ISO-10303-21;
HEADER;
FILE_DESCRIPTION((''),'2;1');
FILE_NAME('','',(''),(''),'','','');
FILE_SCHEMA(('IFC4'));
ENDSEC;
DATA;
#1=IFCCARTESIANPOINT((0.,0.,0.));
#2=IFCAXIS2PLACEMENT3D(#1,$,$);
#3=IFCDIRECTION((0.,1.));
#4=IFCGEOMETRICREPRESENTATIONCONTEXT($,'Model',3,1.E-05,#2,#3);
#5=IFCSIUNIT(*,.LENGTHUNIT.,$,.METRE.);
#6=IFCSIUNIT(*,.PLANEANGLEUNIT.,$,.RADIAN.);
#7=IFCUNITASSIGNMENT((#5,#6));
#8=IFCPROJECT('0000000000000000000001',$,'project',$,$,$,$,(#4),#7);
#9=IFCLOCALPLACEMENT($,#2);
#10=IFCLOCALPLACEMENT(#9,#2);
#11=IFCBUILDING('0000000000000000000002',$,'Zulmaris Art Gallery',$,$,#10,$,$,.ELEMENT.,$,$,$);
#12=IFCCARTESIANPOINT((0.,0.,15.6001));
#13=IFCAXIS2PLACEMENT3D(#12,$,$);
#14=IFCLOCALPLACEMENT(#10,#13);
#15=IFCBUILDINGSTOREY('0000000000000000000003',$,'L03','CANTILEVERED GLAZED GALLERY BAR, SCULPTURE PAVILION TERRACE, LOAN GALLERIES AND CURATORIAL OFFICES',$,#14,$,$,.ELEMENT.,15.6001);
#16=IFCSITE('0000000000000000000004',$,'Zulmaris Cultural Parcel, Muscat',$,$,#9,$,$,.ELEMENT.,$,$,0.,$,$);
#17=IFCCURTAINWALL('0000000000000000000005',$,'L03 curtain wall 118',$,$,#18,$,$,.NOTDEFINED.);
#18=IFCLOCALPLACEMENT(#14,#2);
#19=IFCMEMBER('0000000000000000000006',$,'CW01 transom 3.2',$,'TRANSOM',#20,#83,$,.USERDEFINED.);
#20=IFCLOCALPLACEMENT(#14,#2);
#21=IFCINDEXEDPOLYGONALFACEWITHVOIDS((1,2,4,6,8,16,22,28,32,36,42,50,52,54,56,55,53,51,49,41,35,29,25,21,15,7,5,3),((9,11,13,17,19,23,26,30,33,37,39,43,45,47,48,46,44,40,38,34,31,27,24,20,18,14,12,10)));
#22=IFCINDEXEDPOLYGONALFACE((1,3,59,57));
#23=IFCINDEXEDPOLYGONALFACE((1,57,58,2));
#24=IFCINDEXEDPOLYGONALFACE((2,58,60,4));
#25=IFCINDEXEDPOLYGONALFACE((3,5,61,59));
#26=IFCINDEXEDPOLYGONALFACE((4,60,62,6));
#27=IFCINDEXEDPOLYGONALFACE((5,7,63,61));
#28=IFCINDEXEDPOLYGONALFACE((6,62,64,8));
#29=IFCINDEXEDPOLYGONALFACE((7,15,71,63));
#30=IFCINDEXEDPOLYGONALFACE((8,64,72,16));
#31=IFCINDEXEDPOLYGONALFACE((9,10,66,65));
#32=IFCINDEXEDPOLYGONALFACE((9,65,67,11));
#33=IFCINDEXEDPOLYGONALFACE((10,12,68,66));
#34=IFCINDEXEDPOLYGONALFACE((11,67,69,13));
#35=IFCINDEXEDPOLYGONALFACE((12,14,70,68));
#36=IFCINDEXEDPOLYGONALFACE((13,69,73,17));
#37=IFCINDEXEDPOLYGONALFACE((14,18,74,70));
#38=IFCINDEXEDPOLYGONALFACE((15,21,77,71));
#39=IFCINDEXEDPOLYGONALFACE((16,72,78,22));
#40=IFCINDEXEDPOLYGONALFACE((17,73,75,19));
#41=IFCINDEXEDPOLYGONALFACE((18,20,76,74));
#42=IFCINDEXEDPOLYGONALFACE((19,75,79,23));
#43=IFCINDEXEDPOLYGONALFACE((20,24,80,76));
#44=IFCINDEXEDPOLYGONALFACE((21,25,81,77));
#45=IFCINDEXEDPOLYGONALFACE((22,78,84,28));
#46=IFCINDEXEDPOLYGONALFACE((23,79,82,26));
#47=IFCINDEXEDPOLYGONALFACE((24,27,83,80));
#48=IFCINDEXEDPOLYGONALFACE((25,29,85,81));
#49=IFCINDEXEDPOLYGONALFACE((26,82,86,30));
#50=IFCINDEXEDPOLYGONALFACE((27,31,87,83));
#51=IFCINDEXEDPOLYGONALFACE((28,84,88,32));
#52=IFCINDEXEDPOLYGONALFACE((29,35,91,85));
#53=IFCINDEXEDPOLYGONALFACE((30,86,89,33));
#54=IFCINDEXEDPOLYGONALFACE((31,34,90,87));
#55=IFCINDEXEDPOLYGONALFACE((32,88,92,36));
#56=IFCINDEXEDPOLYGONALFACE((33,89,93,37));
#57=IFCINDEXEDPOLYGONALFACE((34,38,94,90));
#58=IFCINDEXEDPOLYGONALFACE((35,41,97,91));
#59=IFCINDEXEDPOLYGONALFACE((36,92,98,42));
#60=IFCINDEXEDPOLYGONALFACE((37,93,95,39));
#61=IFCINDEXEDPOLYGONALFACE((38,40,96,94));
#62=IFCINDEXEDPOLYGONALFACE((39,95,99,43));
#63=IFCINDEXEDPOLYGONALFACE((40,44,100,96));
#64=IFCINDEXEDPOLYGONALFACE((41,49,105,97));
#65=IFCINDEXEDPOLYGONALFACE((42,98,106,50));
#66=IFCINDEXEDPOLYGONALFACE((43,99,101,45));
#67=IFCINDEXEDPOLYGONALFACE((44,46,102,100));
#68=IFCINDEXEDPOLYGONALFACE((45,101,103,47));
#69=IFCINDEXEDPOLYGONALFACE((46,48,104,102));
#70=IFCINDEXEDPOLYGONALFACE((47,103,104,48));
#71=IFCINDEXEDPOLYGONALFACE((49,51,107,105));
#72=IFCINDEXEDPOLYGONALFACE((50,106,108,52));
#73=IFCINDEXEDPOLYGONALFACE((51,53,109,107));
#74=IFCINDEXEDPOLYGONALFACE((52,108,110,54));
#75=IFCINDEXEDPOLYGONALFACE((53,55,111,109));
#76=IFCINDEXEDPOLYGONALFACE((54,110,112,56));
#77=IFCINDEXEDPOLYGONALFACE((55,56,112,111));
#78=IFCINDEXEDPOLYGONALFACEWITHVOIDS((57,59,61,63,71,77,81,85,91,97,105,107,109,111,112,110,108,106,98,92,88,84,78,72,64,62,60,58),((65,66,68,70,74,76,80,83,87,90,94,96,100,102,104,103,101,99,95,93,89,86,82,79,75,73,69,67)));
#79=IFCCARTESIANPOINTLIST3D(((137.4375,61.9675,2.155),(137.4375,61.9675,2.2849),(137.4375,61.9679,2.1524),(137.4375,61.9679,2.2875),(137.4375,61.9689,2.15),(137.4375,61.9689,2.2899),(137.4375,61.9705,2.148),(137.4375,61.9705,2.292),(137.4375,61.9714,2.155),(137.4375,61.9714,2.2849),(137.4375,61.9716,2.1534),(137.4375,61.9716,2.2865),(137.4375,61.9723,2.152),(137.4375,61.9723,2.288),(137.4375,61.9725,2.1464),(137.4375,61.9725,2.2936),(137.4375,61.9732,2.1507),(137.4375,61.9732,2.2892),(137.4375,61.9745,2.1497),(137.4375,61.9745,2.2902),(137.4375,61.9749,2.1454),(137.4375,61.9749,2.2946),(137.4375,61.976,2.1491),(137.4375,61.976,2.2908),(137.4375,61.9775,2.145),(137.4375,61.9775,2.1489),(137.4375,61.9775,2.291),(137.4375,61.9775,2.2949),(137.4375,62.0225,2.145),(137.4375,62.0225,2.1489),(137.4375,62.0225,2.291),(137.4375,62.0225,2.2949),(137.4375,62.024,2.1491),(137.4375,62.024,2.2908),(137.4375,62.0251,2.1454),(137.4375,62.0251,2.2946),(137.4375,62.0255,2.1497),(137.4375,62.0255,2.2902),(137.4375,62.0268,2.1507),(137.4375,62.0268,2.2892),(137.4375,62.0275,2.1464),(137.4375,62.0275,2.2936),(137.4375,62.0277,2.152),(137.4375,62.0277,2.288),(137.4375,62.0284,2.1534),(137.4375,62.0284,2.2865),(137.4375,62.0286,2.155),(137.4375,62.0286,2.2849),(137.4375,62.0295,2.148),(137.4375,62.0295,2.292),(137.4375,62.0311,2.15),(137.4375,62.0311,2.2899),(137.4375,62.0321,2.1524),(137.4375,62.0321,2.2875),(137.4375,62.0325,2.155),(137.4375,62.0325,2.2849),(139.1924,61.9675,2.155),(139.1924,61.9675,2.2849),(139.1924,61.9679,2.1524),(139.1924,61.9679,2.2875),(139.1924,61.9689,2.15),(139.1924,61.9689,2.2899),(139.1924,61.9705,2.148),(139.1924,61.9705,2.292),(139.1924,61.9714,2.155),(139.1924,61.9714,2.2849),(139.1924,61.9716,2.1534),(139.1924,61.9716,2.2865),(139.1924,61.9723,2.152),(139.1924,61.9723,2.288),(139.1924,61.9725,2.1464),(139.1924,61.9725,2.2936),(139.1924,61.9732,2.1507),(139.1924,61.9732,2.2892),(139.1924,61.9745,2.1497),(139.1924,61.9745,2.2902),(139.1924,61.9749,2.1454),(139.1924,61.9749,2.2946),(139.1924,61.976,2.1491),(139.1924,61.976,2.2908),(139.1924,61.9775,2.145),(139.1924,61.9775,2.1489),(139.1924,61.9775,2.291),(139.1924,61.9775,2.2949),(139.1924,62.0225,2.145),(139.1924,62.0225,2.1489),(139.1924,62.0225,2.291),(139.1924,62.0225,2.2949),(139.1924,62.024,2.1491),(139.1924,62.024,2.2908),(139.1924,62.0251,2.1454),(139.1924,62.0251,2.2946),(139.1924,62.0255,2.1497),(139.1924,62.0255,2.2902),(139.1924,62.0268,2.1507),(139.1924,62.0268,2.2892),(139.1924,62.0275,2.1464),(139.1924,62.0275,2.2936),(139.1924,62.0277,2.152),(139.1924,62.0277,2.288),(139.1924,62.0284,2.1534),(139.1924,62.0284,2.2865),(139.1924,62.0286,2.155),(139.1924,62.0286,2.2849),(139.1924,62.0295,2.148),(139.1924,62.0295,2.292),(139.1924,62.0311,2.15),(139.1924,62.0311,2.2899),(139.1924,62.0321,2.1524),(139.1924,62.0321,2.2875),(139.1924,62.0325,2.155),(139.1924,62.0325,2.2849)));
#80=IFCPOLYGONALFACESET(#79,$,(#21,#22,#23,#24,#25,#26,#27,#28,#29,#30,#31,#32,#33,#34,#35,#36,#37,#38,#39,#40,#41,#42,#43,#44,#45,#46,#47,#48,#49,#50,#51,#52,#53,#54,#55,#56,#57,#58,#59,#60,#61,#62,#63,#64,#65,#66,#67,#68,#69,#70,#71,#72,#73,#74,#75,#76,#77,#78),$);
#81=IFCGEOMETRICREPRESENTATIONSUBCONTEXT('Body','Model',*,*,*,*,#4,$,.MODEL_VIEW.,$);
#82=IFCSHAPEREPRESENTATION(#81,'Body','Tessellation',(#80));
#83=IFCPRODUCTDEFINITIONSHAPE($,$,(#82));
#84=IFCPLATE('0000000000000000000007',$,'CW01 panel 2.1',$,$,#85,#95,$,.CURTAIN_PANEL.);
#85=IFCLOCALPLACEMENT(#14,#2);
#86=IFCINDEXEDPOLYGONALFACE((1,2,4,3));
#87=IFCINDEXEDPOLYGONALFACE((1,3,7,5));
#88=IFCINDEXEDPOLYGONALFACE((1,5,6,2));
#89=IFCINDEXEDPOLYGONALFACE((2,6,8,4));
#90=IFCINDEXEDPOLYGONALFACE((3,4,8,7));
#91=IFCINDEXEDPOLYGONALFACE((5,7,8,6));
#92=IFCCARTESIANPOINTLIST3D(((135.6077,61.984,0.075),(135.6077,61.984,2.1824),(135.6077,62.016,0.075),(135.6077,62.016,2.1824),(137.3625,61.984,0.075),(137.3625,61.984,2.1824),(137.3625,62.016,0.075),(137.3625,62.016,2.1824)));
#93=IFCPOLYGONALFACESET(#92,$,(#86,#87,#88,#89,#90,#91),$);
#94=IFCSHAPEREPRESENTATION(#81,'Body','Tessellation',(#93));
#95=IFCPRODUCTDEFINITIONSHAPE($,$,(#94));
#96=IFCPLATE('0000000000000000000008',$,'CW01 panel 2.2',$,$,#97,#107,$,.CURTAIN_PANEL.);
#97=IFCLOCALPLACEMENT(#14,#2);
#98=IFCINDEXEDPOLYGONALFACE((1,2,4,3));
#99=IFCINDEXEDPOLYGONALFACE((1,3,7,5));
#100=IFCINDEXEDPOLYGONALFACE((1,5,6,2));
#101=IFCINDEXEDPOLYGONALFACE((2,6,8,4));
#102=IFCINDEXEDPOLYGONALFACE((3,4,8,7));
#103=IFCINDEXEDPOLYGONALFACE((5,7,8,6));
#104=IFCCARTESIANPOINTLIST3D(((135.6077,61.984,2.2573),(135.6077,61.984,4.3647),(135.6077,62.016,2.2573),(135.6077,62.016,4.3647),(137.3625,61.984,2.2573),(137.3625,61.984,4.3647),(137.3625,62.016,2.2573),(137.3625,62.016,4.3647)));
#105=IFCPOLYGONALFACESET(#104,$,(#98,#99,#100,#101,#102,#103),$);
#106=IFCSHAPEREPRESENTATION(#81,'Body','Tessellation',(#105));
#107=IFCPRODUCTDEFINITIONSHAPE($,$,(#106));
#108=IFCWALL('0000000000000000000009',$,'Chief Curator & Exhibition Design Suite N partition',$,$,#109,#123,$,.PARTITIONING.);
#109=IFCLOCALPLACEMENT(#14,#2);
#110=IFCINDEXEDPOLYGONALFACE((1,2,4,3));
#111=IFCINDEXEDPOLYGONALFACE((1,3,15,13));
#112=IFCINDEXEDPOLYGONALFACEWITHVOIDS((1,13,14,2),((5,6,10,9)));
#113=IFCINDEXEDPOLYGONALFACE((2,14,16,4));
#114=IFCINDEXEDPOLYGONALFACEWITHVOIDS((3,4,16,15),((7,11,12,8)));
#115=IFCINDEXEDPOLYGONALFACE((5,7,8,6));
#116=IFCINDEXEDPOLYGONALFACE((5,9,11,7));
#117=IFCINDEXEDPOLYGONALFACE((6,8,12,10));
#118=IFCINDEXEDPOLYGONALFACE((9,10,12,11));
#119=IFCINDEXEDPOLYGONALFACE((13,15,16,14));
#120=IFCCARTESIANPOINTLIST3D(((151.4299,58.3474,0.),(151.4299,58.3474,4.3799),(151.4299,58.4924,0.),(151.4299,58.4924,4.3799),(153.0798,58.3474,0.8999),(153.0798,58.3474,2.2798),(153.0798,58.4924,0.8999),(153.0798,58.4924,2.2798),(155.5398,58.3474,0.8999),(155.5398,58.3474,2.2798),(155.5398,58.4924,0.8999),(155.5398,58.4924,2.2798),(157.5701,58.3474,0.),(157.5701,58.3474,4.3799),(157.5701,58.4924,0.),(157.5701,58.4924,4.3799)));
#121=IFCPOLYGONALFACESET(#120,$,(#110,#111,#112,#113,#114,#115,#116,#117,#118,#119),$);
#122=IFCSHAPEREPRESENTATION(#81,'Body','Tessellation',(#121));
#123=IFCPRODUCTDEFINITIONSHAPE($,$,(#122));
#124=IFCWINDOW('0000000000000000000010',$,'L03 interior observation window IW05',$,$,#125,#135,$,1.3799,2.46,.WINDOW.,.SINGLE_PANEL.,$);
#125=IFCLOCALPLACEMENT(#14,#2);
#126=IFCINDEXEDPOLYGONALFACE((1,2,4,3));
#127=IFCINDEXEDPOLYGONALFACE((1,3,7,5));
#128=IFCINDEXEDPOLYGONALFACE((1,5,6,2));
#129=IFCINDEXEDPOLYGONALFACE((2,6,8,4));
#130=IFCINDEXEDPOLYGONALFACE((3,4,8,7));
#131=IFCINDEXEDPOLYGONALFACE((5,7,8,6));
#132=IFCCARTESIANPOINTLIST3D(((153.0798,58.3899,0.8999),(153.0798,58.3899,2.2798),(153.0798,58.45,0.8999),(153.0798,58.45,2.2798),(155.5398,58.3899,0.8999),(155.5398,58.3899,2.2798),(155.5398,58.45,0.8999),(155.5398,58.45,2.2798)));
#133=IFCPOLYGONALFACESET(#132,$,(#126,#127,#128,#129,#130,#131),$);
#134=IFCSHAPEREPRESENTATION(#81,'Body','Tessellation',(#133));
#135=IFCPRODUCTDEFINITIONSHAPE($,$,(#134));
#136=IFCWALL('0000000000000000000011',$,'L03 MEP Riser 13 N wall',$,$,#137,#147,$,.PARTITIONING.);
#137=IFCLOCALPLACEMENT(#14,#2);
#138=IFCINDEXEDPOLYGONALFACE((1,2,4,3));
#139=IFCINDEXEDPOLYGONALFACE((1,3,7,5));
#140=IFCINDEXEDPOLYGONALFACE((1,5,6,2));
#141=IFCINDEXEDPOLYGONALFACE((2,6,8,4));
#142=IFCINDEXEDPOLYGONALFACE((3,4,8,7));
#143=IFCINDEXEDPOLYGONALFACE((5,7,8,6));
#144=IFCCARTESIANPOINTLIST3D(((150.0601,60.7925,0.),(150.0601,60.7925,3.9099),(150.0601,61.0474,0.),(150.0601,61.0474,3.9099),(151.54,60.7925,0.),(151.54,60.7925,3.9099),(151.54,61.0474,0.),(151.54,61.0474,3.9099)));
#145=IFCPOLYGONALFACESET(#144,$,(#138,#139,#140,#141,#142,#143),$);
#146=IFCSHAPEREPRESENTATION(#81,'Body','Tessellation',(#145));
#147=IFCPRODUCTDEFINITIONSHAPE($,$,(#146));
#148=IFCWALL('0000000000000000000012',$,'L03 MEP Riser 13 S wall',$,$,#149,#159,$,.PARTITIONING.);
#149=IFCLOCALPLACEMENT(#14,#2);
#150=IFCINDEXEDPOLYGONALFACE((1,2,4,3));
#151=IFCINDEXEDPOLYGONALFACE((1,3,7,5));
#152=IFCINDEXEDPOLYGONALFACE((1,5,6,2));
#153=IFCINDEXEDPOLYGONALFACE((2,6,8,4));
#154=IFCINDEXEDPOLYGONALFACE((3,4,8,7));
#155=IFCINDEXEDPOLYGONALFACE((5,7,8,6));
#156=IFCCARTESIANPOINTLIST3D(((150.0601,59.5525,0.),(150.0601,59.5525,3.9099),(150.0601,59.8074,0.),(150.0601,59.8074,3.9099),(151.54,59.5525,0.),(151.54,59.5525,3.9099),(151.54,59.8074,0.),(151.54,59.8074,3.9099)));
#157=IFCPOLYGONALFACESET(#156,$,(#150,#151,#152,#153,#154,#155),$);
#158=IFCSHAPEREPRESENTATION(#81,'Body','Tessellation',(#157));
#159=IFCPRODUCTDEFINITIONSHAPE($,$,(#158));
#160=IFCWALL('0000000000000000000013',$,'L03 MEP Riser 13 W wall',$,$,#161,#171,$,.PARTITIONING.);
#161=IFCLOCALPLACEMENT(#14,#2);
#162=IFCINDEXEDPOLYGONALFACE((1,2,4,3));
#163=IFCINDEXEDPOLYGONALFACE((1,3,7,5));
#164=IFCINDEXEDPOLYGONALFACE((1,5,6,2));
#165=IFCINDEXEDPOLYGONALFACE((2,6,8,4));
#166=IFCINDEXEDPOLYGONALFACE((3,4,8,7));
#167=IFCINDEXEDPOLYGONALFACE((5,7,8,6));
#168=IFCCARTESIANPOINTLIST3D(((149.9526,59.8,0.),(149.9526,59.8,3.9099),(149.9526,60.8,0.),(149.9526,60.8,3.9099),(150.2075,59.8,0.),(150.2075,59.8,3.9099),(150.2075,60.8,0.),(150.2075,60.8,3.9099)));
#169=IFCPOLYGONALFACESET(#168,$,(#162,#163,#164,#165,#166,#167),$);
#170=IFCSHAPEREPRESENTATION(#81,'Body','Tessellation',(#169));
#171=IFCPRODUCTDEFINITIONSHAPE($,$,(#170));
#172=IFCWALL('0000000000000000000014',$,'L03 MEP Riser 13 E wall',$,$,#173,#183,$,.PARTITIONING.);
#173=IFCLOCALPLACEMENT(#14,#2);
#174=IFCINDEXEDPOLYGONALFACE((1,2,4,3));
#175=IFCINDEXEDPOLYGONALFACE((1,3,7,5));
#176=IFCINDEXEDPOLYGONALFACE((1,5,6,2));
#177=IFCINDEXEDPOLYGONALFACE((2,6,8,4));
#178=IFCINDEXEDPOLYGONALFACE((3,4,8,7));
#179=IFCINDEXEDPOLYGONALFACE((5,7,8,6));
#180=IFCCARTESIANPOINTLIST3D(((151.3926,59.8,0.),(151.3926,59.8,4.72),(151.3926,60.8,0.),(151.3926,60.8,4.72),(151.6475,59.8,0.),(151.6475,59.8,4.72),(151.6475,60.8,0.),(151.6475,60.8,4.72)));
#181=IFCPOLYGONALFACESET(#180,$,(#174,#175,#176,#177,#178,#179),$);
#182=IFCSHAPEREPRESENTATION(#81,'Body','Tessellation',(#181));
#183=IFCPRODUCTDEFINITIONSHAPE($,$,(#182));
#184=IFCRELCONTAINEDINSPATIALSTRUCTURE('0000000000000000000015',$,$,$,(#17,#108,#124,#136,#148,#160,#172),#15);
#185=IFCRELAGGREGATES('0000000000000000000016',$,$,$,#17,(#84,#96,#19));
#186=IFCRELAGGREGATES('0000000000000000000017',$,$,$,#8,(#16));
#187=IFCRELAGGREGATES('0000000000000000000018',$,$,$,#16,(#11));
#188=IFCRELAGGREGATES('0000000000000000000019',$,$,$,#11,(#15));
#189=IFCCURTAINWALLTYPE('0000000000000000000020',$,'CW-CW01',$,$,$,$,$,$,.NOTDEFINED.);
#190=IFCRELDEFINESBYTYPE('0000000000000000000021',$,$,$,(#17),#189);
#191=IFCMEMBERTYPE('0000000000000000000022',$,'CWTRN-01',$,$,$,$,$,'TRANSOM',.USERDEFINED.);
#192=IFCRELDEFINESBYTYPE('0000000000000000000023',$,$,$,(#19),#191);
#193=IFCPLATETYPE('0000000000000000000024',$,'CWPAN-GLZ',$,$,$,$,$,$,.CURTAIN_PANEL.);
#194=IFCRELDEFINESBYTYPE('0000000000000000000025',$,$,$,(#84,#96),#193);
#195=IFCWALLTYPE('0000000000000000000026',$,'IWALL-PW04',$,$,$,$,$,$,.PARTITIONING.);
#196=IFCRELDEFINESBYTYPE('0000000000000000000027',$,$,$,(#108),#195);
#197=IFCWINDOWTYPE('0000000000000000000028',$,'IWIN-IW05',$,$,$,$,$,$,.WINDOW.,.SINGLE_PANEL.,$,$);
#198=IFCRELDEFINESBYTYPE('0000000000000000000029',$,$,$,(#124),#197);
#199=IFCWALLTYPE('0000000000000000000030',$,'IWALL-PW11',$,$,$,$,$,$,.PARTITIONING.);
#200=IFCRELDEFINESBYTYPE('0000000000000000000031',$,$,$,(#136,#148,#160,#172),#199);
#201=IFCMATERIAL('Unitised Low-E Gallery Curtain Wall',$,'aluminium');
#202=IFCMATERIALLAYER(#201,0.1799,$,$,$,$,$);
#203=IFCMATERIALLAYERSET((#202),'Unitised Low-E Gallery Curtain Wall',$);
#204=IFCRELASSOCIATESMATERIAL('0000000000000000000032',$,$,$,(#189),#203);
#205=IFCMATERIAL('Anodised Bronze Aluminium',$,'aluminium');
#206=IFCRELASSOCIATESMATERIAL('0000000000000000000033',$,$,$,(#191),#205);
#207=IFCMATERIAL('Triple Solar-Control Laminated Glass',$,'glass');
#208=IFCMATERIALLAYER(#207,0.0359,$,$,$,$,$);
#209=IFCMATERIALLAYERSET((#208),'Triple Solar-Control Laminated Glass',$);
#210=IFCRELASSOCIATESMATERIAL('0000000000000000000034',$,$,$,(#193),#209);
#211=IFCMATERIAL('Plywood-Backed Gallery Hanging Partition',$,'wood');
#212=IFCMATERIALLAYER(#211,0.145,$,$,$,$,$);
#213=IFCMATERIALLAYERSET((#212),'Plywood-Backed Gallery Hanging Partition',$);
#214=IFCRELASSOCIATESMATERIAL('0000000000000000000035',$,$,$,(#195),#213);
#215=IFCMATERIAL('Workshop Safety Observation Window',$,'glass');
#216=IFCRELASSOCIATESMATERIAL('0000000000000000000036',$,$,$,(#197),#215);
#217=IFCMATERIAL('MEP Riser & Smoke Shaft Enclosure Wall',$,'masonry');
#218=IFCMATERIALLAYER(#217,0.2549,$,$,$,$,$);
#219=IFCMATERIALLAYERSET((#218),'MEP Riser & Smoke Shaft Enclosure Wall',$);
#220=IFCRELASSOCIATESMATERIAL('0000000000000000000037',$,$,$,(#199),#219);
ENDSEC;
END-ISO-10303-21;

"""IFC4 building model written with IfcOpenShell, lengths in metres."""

from ifc_helpers import new_model, si_unit, direction, frame, frame_2d, origin, origin_2d, place, context, subcontext, project, spatial, rectangle, hollow_rectangle, extrude, material, layer, layer_set, material_profile, profile_set, type_object, element, fill, aggregate, save


model = new_model("IFC4")

# Units and contexts
model_context = context("Model", 3, precision=1e-05, world=origin(), true_north=direction((0.0, 1.0)))
body_context = subcontext(model_context, "Body", "Model", "MODEL_VIEW")
ifc_project = project(units=[si_unit("LENGTHUNIT", "METRE"), si_unit("PLANEANGLEUNIT", "RADIAN")], contexts=[model_context])

# Site, building, storey
site_placement = place(None, origin())
site = spatial("IfcSite", under=ifc_project, at=site_placement, Name="Zulmaris Cultural Parcel, Muscat", CompositionType="ELEMENT", RefElevation=0.0)
building_placement = place(site_placement, origin())
building = spatial("IfcBuilding", under=site, at=building_placement, Name="Zulmaris Art Gallery", CompositionType="ELEMENT")
storey_placement = place(building_placement, frame((0.0, 0.0, 15.6001)))
storey = spatial("IfcBuildingStorey", under=building, at=storey_placement, Name="L03", Description="CANTILEVERED GLAZED GALLERY BAR, SCULPTURE PAVILION TERRACE, LOAN GALLERIES AND CURATORIAL OFFICES", CompositionType="ELEMENT", Elevation=15.6001)

# Curtain wall, member, plates
ifc_material_1 = material(Name="Unitised Low-E Gallery Curtain Wall", Category="aluminium")
ifc_layer_1 = layer(ifc_material_1, 0.1799)
ifc_layer_set_1 = layer_set([ifc_layer_1], Name="Unitised Low-E Gallery Curtain Wall")
curtain_wall_type = type_object("IfcCurtainWallType", Name="CW-CW01", PredefinedType="NOTDEFINED", material=ifc_layer_set_1)
curtain_wall_placement = place(storey_placement, origin())
curtain_wall = element("IfcCurtainWall", 1, at=curtain_wall_placement, inside=storey, type_object=curtain_wall_type, Name="L03 curtain wall 118", PredefinedType="NOTDEFINED")
ifc_material_2 = material(Name="Anodised Bronze Aluminium", Category="aluminium")
ifc_material_profile_1 = material_profile(ifc_material_2, hollow_rectangle(XDim=0.0649, YDim=0.1499, WallThickness=0.0039, InnerFilletRadius=0.0061, OuterFilletRadius=0.01, at=origin_2d()), Name="ALU 65x150x4")
ifc_profile_set_1 = profile_set([ifc_material_profile_1], Name="Anodised Bronze Aluminium")
member_type_1 = type_object("IfcMemberType", Name="CWTRN-01", ElementType="TRANSOM", PredefinedType="USERDEFINED", material=ifc_profile_set_1)
member_1_placement = place(storey_placement, frame((137.4375, 62.0, 2.22), z_axis=(1.0, 0.0, 0.0), x_axis=(0.0, 1.0, 0.0)))
member_1 = element("IfcMember", 2, at=member_1_placement, type_object=member_type_1, Name="CW01 transom 3.2", ObjectType="TRANSOM", PredefinedType="USERDEFINED", context=body_context, shape_type="SweptSolid", body=[
    extrude(hollow_rectangle(XDim=0.0649, YDim=0.1499, WallThickness=0.0039, InnerFilletRadius=0.0061, OuterFilletRadius=0.01, at=origin_2d()), origin(), (0.0, 0.0, 1.0), 1.7549),
])
ifc_material_3 = material(Name="Triple Solar-Control Laminated Glass", Category="glass")
ifc_layer_2 = layer(ifc_material_3, 0.0359)
ifc_layer_set_2 = layer_set([ifc_layer_2], Name="Triple Solar-Control Laminated Glass")
plate_type = type_object("IfcPlateType", Name="CWPAN-GLZ", PredefinedType="CURTAIN_PANEL", material=ifc_layer_set_2)
plate_1_placement = place(storey_placement, frame((136.4851, 62.0, 0.075), z_axis=(0.0, 0.0, 1.0), x_axis=(1.0, 0.0, 0.0)))
plate_1 = element("IfcPlate", 3, at=plate_1_placement, type_object=plate_type, Name="CW01 panel 2.1", PredefinedType="CURTAIN_PANEL", context=body_context, shape_type="SweptSolid", body=[
    extrude(rectangle(XDim=1.7549, YDim=0.032, at=origin_2d()), origin(), (0.0, 0.0, 1.0), 2.1074),
])
plate_2_placement = place(storey_placement, frame((136.4851, 62.0, 2.2573), z_axis=(0.0, 0.0, 1.0), x_axis=(1.0, 0.0, 0.0)))
plate_2 = element("IfcPlate", 4, at=plate_2_placement, type_object=plate_type, Name="CW01 panel 2.2", PredefinedType="CURTAIN_PANEL", context=body_context, shape_type="SweptSolid", body=[
    extrude(rectangle(XDim=1.7549, YDim=0.032, at=origin_2d()), origin(), (0.0, 0.0, 1.0), 2.1074),
])
aggregate(curtain_wall, [plate_1, plate_2, member_1])

# Wall, opening, window
ifc_material_4 = material(Name="Plywood-Backed Gallery Hanging Partition", Category="wood")
ifc_layer_3 = layer(ifc_material_4, 0.145)
ifc_layer_set_3 = layer_set([ifc_layer_3], Name="Plywood-Backed Gallery Hanging Partition")
wall_type_1 = type_object("IfcWallType", Name="IWALL-PW04", PredefinedType="PARTITIONING", material=ifc_layer_set_3)
wall_1_placement = place(storey_placement, frame((151.4299, 58.4199, 0.0), z_axis=(0.0, 0.0, 1.0), x_axis=(1.0, 0.0, 0.0)))
wall_1 = element("IfcWall", 5, at=wall_1_placement, inside=storey, type_object=wall_type_1, Name="Chief Curator & Exhibition Design Suite N partition", PredefinedType="PARTITIONING", context=body_context, shape_type="SweptSolid", body=[
    extrude(rectangle(XDim=6.1401, YDim=0.145, at=frame_2d((3.0701, 0.0))), origin(), (0.0, 0.0, 1.0), 4.3799),
])
opening_placement = place(wall_1_placement, frame((1.6499, 0.0, 0.8999)))
opening = element("IfcOpeningElement", 6, at=opening_placement, cuts=wall_1, PredefinedType="OPENING", context=body_context, shape_type="SweptSolid", body=[
    extrude(rectangle(XDim=2.46, YDim=1.3799, at=frame_2d((1.23, 0.6899))), frame((0.0, 0.0825, 0.0), z_axis=(0.0, -1.0, 0.0), x_axis=(1.0, 0.0, 0.0)), (0.0, 0.0, 1.0), 0.165),
])
ifc_material_5 = material(Name="Workshop Safety Observation Window", Category="glass")
window_type = type_object("IfcWindowType", Name="IWIN-IW05", PartitioningType="SINGLE_PANEL", PredefinedType="WINDOW", material=ifc_material_5)
window_placement = place(opening_placement, origin())
window = element("IfcWindow", 7, at=window_placement, inside=storey, type_object=window_type, Name="L03 interior observation window IW05", OverallHeight=1.3799, OverallWidth=2.46, PartitioningType="SINGLE_PANEL", PredefinedType="WINDOW", context=body_context, shape_type="SweptSolid", body=[
    extrude(rectangle(XDim=2.46, YDim=1.3799, at=frame_2d((1.23, 0.6899))), frame((0.0, 0.03, 0.0), z_axis=(0.0, -1.0, 0.0), x_axis=(1.0, 0.0, 0.0)), (0.0, 0.0, 1.0), 0.0601),
])
fill(opening, window)

# Walls
ifc_material_6 = material(Name="MEP Riser & Smoke Shaft Enclosure Wall", Category="masonry")
ifc_layer_4 = layer(ifc_material_6, 0.2549)
ifc_layer_set_4 = layer_set([ifc_layer_4], Name="MEP Riser & Smoke Shaft Enclosure Wall")
wall_type_2 = type_object("IfcWallType", Name="IWALL-PW11", PredefinedType="PARTITIONING", material=ifc_layer_set_4)
for number, where, z_axis, x_axis, name in (
    (8, (150.0601, 60.9199, 0.0), (0.0, 0.0, 1.0), (1.0, 0.0, 0.0), "L03 MEP Riser 13 N wall"),
    (9, (150.0601, 59.6799, 0.0), (0.0, 0.0, 1.0), (1.0, 0.0, 0.0), "L03 MEP Riser 13 S wall"),
):
    element("IfcWall", number, at=place(storey_placement, frame(where, z_axis=z_axis, x_axis=x_axis)), inside=storey, type_object=wall_type_2, Name=name, PredefinedType="PARTITIONING", context=body_context, shape_type="SweptSolid", body=[
        extrude(rectangle(XDim=1.48, YDim=0.2549, at=frame_2d((0.74, 0.0))), origin(), (0.0, 0.0, 1.0), 3.9099),
    ])
wall_2_placement = place(storey_placement, frame((150.0801, 59.8, 0.0), z_axis=(0.0, 0.0, 1.0), x_axis=(0.0, 1.0, 0.0)))
element("IfcWall", 10, at=wall_2_placement, inside=storey, type_object=wall_type_2, Name="L03 MEP Riser 13 W wall", PredefinedType="PARTITIONING", context=body_context, shape_type="SweptSolid", body=[
    extrude(rectangle(XDim=1.0, YDim=0.2549, at=frame_2d((0.5, 0.0))), origin(), (0.0, 0.0, 1.0), 3.9099),
])
wall_3_placement = place(storey_placement, frame((151.52, 59.8, 0.0), z_axis=(0.0, 0.0, 1.0), x_axis=(0.0, 1.0, 0.0)))
element("IfcWall", 11, at=wall_3_placement, inside=storey, type_object=wall_type_2, Name="L03 MEP Riser 13 E wall", PredefinedType="PARTITIONING", context=body_context, shape_type="SweptSolid", body=[
    extrude(rectangle(XDim=1.0, YDim=0.2549, at=frame_2d((0.5, 0.0))), origin(), (0.0, 0.0, 1.0), 4.72),
])

save(model, "model.ifc")
